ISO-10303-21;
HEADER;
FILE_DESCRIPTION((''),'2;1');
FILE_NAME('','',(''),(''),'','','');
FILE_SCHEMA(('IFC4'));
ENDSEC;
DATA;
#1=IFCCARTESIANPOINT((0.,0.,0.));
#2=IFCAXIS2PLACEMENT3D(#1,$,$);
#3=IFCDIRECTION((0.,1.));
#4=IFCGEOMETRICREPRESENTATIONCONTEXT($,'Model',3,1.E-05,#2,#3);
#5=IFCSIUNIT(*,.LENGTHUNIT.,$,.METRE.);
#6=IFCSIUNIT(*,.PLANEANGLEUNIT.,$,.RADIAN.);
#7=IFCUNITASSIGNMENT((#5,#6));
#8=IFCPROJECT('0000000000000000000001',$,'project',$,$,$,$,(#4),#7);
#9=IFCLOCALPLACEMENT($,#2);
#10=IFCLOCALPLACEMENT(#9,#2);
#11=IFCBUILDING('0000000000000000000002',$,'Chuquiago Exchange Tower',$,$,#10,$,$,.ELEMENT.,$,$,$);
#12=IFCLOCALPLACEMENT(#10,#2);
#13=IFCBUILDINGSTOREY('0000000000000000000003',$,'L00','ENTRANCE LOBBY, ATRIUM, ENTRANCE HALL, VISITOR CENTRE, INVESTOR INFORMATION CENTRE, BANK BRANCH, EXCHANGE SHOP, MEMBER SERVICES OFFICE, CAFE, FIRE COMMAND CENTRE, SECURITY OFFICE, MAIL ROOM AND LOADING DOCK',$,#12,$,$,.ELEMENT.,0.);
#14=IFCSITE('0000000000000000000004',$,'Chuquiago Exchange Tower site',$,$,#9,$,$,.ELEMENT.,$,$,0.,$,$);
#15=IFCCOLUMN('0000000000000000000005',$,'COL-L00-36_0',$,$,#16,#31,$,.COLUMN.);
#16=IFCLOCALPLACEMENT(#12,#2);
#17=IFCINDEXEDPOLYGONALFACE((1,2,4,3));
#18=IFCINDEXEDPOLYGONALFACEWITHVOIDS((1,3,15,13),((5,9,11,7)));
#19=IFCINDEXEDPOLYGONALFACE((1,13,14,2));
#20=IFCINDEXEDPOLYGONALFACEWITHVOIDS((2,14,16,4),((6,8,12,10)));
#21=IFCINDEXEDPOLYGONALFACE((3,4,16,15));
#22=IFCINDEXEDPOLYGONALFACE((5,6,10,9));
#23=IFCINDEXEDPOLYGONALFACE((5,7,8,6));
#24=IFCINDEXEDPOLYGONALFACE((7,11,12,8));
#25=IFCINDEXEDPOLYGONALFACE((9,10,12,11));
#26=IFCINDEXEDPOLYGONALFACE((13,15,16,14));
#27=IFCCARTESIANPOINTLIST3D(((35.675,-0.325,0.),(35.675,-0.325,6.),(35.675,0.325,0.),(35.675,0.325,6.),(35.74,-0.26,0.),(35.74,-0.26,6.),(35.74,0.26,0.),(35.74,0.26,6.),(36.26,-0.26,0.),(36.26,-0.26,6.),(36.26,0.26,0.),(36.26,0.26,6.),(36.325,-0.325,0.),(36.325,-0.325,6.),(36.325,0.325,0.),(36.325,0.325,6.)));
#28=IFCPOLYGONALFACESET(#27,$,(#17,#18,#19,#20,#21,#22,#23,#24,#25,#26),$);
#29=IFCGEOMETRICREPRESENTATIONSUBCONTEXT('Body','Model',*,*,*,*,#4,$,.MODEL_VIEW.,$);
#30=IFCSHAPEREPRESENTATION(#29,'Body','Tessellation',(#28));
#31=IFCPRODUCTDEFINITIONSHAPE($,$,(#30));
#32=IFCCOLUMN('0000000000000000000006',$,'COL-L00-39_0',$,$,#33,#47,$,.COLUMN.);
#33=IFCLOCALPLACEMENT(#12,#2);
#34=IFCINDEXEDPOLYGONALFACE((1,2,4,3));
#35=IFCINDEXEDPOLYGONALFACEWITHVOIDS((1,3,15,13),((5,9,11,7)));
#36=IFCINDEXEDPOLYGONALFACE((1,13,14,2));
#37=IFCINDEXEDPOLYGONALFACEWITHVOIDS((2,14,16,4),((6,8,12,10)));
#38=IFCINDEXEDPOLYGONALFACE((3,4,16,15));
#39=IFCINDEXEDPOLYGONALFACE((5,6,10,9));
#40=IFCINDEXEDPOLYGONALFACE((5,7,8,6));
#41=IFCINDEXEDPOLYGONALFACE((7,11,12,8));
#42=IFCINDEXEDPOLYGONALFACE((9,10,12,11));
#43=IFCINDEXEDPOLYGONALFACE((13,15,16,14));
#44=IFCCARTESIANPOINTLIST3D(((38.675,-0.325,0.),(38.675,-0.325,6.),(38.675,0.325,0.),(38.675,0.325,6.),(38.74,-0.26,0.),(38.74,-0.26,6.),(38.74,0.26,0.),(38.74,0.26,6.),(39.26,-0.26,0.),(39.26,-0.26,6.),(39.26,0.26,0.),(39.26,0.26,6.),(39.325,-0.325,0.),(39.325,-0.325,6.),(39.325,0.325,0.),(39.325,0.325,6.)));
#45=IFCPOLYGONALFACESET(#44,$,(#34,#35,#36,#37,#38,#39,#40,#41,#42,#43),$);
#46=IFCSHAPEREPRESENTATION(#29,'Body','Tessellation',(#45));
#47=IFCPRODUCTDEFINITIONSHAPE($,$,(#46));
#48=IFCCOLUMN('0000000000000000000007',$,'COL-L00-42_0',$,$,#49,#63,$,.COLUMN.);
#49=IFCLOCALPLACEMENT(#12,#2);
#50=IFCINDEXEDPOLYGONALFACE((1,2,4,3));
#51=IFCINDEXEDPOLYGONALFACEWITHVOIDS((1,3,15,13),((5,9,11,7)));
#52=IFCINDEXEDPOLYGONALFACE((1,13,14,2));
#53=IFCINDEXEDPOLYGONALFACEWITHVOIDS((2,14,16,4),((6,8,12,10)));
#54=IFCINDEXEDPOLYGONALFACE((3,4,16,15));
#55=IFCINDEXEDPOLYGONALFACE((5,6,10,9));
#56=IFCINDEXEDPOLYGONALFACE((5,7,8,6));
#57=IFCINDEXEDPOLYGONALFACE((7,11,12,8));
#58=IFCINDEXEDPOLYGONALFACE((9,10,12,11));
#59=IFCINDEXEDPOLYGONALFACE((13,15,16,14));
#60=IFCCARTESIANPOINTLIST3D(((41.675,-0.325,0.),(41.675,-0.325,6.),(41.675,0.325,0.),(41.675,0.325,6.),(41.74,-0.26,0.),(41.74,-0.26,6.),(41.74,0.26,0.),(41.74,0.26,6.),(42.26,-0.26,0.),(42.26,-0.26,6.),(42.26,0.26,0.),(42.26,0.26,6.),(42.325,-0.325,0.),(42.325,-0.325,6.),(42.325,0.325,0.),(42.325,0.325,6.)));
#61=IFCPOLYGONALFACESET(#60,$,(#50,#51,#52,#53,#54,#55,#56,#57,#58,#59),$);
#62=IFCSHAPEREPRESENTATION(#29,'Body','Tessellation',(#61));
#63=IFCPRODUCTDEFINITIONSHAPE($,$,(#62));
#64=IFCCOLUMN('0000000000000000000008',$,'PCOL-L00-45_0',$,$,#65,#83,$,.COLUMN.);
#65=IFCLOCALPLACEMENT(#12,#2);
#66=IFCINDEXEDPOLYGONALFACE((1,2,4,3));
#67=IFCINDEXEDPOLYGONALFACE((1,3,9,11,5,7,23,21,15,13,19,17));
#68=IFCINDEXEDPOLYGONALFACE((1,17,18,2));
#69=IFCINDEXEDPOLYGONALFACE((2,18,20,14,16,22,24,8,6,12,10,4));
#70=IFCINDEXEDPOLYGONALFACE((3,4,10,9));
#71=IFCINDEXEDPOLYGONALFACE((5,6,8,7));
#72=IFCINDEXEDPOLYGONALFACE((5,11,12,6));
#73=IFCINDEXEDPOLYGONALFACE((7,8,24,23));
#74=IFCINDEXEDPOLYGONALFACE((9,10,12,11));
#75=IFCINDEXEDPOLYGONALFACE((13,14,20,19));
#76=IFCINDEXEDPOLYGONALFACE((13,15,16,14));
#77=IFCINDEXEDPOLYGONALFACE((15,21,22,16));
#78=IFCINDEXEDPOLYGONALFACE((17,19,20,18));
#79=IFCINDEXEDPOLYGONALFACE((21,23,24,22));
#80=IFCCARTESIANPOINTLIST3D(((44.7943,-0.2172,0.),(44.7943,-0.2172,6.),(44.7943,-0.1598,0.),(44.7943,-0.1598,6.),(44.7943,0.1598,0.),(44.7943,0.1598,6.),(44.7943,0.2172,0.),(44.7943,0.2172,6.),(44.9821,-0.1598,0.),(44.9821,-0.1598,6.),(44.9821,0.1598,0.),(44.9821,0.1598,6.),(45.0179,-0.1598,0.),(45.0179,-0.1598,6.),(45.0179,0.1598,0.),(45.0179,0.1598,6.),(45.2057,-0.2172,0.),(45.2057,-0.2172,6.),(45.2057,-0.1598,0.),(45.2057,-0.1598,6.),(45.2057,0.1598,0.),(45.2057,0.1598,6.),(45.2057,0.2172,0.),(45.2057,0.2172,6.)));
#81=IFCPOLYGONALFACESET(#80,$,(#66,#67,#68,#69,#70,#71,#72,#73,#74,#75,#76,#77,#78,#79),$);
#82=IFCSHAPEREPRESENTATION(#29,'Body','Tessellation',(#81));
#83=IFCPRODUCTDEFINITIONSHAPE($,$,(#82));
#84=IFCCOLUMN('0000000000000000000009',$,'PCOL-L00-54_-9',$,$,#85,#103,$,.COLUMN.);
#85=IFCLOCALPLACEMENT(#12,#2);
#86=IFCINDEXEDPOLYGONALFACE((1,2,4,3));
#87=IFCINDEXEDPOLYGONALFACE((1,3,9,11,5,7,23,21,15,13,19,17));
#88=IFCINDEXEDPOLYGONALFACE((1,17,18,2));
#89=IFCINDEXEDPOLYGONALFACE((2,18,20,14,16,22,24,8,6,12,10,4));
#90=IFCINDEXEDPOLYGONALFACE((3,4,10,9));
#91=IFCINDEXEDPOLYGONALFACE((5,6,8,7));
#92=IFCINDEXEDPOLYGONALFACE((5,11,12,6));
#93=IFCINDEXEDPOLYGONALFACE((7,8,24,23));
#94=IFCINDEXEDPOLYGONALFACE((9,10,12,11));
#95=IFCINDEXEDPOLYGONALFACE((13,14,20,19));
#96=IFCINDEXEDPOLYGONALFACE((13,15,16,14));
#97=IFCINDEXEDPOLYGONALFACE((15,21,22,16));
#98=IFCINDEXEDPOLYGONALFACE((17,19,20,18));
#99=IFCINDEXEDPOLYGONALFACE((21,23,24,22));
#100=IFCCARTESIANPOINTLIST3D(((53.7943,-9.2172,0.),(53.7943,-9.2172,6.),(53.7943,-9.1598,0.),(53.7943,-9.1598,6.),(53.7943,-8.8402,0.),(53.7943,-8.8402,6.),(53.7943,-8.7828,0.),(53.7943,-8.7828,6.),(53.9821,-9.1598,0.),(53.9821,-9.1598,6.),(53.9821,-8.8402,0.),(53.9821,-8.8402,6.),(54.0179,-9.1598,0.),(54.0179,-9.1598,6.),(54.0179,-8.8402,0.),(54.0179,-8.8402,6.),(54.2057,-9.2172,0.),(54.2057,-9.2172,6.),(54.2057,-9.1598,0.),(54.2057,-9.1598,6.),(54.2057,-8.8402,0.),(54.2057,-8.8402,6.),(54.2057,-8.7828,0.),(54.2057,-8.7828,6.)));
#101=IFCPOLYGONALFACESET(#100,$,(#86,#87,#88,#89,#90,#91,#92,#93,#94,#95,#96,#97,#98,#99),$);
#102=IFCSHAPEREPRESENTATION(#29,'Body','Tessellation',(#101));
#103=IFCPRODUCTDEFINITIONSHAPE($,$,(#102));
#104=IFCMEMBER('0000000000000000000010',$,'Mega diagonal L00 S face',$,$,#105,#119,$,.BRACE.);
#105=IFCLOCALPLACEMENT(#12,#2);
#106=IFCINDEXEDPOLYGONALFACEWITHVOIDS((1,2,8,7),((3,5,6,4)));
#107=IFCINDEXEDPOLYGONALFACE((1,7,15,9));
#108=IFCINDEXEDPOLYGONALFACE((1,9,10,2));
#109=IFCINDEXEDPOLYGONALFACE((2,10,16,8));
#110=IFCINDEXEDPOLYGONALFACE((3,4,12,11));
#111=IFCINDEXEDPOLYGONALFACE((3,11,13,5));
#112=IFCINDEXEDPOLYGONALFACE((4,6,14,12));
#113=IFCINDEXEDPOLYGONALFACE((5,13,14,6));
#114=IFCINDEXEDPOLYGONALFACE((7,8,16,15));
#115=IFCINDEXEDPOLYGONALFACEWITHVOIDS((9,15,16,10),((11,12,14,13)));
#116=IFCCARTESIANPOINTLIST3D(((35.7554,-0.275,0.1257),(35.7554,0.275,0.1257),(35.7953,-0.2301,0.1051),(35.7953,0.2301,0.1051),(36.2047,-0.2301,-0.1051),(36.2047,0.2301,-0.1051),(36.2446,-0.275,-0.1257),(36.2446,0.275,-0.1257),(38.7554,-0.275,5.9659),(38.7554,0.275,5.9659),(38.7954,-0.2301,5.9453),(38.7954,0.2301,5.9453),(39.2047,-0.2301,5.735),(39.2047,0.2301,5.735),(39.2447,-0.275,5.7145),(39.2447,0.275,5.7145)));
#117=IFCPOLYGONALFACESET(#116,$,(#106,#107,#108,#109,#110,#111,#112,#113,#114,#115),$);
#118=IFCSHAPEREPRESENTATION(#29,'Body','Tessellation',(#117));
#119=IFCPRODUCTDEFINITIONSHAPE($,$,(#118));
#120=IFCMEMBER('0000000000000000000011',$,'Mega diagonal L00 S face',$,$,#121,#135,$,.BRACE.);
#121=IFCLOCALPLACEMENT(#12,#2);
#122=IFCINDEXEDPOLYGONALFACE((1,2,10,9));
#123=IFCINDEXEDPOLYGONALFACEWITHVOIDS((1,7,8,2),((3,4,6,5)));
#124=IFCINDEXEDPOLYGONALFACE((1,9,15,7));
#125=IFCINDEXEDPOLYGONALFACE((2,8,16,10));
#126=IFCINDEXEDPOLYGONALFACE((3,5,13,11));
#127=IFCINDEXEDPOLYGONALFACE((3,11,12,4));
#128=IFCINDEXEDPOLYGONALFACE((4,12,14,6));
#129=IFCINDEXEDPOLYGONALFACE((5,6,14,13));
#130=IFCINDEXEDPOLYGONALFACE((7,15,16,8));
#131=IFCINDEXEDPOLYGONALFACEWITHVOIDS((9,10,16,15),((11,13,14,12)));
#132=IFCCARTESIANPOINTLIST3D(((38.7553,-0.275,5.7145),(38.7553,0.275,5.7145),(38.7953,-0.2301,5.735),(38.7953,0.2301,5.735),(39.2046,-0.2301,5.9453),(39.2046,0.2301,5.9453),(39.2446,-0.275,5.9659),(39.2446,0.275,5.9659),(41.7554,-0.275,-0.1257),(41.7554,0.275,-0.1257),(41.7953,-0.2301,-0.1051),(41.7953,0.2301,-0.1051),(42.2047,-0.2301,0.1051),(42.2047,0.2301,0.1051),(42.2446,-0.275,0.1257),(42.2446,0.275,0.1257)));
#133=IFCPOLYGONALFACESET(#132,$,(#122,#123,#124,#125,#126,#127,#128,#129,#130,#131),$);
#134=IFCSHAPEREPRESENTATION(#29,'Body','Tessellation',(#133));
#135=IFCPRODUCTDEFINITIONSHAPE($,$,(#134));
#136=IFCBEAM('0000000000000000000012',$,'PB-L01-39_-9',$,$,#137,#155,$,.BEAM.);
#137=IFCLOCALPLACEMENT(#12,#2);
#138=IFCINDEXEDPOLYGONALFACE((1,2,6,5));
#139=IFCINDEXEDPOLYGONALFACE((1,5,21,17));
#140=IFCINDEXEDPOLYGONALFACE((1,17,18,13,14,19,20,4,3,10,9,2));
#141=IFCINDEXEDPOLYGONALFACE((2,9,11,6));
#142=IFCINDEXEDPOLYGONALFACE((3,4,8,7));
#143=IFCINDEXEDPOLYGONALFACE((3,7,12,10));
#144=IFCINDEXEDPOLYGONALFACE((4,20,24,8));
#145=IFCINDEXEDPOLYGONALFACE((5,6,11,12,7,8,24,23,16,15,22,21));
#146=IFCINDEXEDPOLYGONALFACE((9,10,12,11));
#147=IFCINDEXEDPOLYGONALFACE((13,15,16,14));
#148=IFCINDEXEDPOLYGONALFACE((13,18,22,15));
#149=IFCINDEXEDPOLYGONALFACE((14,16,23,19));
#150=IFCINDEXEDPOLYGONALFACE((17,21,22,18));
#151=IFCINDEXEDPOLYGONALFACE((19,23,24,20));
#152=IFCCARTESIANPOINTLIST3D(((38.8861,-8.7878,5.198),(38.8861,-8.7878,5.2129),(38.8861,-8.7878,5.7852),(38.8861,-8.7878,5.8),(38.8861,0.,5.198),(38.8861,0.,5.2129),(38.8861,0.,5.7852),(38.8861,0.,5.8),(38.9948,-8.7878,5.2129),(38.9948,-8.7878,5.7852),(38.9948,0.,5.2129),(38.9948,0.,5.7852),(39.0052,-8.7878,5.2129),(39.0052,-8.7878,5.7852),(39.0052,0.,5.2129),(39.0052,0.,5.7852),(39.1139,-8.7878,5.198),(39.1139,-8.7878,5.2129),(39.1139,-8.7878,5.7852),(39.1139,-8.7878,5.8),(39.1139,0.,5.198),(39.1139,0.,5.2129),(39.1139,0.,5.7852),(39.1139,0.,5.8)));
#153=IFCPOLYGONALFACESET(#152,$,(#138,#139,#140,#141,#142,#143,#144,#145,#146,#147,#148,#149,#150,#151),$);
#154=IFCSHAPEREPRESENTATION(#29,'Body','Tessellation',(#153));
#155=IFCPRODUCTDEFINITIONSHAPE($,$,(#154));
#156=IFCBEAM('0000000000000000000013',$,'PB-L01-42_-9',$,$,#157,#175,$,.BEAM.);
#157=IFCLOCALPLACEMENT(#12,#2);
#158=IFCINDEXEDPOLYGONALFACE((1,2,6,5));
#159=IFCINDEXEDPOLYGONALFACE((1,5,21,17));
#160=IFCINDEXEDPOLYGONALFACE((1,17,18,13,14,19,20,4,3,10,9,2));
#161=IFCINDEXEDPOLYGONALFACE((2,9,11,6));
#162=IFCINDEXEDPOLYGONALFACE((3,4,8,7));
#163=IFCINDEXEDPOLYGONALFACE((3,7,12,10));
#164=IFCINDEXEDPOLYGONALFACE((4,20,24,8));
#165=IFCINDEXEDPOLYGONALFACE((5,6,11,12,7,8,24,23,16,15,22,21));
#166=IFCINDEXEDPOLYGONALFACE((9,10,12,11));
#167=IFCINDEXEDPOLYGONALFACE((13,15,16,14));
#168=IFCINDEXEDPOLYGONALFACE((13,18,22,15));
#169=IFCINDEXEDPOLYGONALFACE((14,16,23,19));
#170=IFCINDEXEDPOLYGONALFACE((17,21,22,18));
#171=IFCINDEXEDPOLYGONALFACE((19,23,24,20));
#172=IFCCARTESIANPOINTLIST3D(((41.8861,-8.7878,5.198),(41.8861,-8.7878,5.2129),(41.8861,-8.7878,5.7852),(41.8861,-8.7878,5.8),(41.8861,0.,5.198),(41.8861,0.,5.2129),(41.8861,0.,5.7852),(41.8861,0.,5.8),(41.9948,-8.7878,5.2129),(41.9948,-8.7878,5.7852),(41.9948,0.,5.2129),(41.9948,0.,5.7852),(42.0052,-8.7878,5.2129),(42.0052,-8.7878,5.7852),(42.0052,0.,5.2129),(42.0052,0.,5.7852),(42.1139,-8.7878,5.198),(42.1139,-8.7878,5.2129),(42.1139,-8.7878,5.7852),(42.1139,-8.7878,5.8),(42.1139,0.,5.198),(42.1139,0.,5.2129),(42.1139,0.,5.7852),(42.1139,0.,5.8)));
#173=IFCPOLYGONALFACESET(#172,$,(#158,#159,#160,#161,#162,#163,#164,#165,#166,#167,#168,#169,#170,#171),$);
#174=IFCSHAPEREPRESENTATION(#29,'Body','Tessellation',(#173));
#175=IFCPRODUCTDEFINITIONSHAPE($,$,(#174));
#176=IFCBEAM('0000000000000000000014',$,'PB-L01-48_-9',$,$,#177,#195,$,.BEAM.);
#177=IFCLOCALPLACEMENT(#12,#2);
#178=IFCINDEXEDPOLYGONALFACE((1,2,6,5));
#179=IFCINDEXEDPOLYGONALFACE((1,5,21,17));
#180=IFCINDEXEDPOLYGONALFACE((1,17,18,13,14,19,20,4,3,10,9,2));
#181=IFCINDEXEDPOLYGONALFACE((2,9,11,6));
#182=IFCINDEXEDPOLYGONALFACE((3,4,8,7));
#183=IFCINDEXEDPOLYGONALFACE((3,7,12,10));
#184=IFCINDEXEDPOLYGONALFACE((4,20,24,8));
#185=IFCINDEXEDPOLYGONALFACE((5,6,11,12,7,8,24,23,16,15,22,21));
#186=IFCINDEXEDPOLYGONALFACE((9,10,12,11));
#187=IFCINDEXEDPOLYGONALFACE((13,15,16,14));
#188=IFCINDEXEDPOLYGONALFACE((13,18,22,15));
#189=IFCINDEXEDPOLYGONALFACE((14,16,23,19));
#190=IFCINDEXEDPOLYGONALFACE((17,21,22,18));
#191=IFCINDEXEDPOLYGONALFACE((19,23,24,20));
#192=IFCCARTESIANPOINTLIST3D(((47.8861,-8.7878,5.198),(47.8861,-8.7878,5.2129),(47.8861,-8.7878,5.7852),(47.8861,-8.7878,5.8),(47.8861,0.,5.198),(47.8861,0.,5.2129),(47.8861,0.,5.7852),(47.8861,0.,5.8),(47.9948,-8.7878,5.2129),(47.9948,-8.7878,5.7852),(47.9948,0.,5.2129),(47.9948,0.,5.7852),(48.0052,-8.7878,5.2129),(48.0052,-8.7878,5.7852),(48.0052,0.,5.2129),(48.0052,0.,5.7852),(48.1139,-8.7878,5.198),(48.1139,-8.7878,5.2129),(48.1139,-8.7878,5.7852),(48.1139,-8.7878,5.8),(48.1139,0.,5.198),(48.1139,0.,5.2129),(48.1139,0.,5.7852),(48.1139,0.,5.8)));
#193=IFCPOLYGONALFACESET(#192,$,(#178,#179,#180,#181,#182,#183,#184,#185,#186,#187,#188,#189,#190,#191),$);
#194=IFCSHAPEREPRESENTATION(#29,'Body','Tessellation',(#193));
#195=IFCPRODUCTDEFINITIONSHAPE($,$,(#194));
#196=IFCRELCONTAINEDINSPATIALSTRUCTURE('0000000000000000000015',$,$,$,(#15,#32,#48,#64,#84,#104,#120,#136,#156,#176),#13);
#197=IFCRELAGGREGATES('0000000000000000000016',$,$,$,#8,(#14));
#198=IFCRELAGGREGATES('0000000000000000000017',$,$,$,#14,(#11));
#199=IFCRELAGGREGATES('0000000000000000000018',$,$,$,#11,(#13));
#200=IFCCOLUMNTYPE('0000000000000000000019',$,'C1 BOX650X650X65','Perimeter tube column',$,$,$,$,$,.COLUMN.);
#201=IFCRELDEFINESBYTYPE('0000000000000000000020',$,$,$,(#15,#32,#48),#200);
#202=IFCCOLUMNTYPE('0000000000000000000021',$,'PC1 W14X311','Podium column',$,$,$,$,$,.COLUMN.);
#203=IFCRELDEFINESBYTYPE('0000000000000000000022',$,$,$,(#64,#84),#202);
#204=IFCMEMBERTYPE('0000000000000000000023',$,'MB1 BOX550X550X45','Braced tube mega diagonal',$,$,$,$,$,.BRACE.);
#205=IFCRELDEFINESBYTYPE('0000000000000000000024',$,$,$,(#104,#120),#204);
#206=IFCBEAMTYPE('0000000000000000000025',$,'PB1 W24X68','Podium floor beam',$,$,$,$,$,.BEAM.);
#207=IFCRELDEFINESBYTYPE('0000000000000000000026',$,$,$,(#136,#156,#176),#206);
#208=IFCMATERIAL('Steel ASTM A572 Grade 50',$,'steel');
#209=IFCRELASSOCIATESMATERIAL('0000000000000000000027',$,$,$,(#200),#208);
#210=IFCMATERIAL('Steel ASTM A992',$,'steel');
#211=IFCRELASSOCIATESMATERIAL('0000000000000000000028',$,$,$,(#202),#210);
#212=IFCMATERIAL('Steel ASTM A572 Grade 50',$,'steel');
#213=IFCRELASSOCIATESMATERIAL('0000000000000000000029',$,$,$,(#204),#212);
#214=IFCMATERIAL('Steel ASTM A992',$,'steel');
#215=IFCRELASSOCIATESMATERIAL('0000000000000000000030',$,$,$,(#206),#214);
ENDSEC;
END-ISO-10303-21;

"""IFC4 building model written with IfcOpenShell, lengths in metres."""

from ifc_helpers import new_model, si_unit, direction, frame, origin, origin_2d, place, context, subcontext, project, spatial, hollow_rectangle, i_section, extrude, material, material_profile, profile_set, type_object, element, save


model = new_model("IFC4")

# Units and contexts
model_context = context("Model", 3, precision=1e-05, world=origin(), true_north=direction((0.0, 1.0)))
body_context = subcontext(model_context, "Body", "Model", "MODEL_VIEW")
ifc_project = project(units=[si_unit("LENGTHUNIT", "METRE"), si_unit("PLANEANGLEUNIT", "RADIAN")], contexts=[model_context])

# Site, building, storey
site_placement = place(None, origin())
site = spatial("IfcSite", under=ifc_project, at=site_placement, Name="Chuquiago Exchange Tower site", CompositionType="ELEMENT", RefElevation=0.0)
building_placement = place(site_placement, origin())
building = spatial("IfcBuilding", under=site, at=building_placement, Name="Chuquiago Exchange Tower", CompositionType="ELEMENT")
storey_placement = place(building_placement, origin())
storey = spatial("IfcBuildingStorey", under=building, at=storey_placement, Name="L00", Description="ENTRANCE LOBBY, ATRIUM, ENTRANCE HALL, VISITOR CENTRE, INVESTOR INFORMATION CENTRE, BANK BRANCH, EXCHANGE SHOP, MEMBER SERVICES OFFICE, CAFE, FIRE COMMAND CENTRE, SECURITY OFFICE, MAIL ROOM AND LOADING DOCK", CompositionType="ELEMENT", Elevation=0.0)

# Columns
ifc_material_1 = material(Name="Steel ASTM A572 Grade 50", Category="steel")
ifc_material_profile_1 = material_profile(ifc_material_1, hollow_rectangle(XDim=0.6499, YDim=0.6499, WallThickness=0.0649, at=origin_2d()), Name="BOX650X650X65")
ifc_profile_set_1 = profile_set([ifc_material_profile_1], Name="Steel ASTM A572 Grade 50")
column_type_1 = type_object("IfcColumnType", Name="C1 BOX650X650X65", Description="Perimeter tube column", PredefinedType="COLUMN", material=ifc_profile_set_1)
for number, where, z_axis, x_axis, name in (
    (1, (36.0, 0.0, 0.0), (0.0, 0.0, 1.0), (0.0, -1.0, 0.0), "COL-L00-36_0"),
    (2, (39.0, 0.0, 0.0), (0.0, 0.0, 1.0), (0.0, -1.0, 0.0), "COL-L00-39_0"),
    (3, (42.0, 0.0, 0.0), (0.0, 0.0, 1.0), (0.0, -1.0, 0.0), "COL-L00-42_0"),
):
    element("IfcColumn", number, at=place(storey_placement, frame(where, z_axis=z_axis, x_axis=x_axis)), inside=storey, type_object=column_type_1, Name=name, PredefinedType="COLUMN", context=body_context, shape_type="SweptSolid", body=[
        extrude(hollow_rectangle(XDim=0.6499, YDim=0.6499, WallThickness=0.0649, at=origin_2d()), origin(), (0.0, 0.0, 1.0), 6.0),
    ])
ifc_material_2 = material(Name="Steel ASTM A992", Category="steel")
ifc_material_profile_2 = material_profile(ifc_material_2, i_section(OverallWidth=0.4114, OverallDepth=0.4343, WebThickness=0.0359, FlangeThickness=0.0574, at=origin_2d()), Name="W14X311")
ifc_profile_set_2 = profile_set([ifc_material_profile_2], Name="Steel ASTM A992")
column_type_2 = type_object("IfcColumnType", Name="PC1 W14X311", Description="Podium column", PredefinedType="COLUMN", material=ifc_profile_set_2)
for number, where, z_axis, x_axis, name in (
    (4, (45.0, 0.0, 0.0), (0.0, 0.0, 1.0), (1.0, 0.0, 0.0), "PCOL-L00-45_0"),
    (5, (54.0, -9.0, 0.0), (0.0, 0.0, 1.0), (1.0, 0.0, 0.0), "PCOL-L00-54_-9"),
):
    element("IfcColumn", number, at=place(storey_placement, frame(where, z_axis=z_axis, x_axis=x_axis)), inside=storey, type_object=column_type_2, Name=name, PredefinedType="COLUMN", context=body_context, shape_type="SweptSolid", body=[
        extrude(i_section(OverallWidth=0.4114, OverallDepth=0.4343, WebThickness=0.0359, FlangeThickness=0.0574, at=origin_2d()), origin(), (0.0, 0.0, 1.0), 6.0),
    ])

# Members
ifc_material_3 = material(Name="Steel ASTM A572 Grade 50", Category="steel")
ifc_material_profile_3 = material_profile(ifc_material_3, hollow_rectangle(XDim=0.55, YDim=0.55, WallThickness=0.0449, at=origin_2d()), Name="BOX550X550X45")
ifc_profile_set_3 = profile_set([ifc_material_profile_3], Name="Steel ASTM A572 Grade 50")
member_type = type_object("IfcMemberType", Name="MB1 BOX550X550X45", Description="Braced tube mega diagonal", PredefinedType="BRACE", material=ifc_profile_set_3)
for number, where, z_axis, x_axis, name in (
    (6, (36.0, 0.0, 0.0), (0.45693, 0.0, 0.889503), (0.0, 1.0, 0.0), "Mega diagonal L00 S face"),
    (7, (42.0, 0.0, 0.0), (-0.45693, 0.0, 0.889503), (0.0, -1.0, 0.0), "Mega diagonal L00 S face"),
):
    element("IfcMember", number, at=place(storey_placement, frame(where, z_axis=z_axis, x_axis=x_axis)), inside=storey, type_object=member_type, Name=name, PredefinedType="BRACE", context=body_context, shape_type="SweptSolid", body=[
        extrude(hollow_rectangle(XDim=0.55, YDim=0.55, WallThickness=0.0449, at=origin_2d()), origin(), (0.0, 0.0, 1.0), 6.5657),
    ])

# Beams
ifc_material_4 = material(Name="Steel ASTM A992", Category="steel")
ifc_material_profile_4 = material_profile(ifc_material_4, i_section(OverallWidth=0.2278, OverallDepth=0.6021, WebThickness=0.0105, FlangeThickness=0.0149, at=origin_2d()), Name="W24X68")
ifc_profile_set_4 = profile_set([ifc_material_profile_4], Name="Steel ASTM A992")
beam_type_1 = type_object("IfcBeamType", Name="PB1 W24X68", Description="Podium floor beam", PredefinedType="BEAM", material=ifc_profile_set_4)
for number, where, z_axis, x_axis, name in (
    (8, (39.0, -8.7878, 5.499), (0.0, 1.0, 0.0), (-1.0, 0.0, 0.0), "PB-L01-39_-9"),
    (9, (42.0, -8.7878, 5.499), (0.0, 1.0, 0.0), (-1.0, 0.0, 0.0), "PB-L01-42_-9"),
    (10, (48.0, -8.7878, 5.499), (0.0, 1.0, 0.0), (-1.0, 0.0, 0.0), "PB-L01-48_-9"),
):
    element("IfcBeam", number, at=place(storey_placement, frame(where, z_axis=z_axis, x_axis=x_axis)), inside=storey, type_object=beam_type_1, Name=name, PredefinedType="BEAM", context=body_context, shape_type="SweptSolid", body=[
        extrude(i_section(OverallWidth=0.2278, OverallDepth=0.6021, WebThickness=0.0105, FlangeThickness=0.0149, at=origin_2d()), origin(), (0.0, 0.0, 1.0), 8.7878),
    ])

save(model, "model.ifc")
